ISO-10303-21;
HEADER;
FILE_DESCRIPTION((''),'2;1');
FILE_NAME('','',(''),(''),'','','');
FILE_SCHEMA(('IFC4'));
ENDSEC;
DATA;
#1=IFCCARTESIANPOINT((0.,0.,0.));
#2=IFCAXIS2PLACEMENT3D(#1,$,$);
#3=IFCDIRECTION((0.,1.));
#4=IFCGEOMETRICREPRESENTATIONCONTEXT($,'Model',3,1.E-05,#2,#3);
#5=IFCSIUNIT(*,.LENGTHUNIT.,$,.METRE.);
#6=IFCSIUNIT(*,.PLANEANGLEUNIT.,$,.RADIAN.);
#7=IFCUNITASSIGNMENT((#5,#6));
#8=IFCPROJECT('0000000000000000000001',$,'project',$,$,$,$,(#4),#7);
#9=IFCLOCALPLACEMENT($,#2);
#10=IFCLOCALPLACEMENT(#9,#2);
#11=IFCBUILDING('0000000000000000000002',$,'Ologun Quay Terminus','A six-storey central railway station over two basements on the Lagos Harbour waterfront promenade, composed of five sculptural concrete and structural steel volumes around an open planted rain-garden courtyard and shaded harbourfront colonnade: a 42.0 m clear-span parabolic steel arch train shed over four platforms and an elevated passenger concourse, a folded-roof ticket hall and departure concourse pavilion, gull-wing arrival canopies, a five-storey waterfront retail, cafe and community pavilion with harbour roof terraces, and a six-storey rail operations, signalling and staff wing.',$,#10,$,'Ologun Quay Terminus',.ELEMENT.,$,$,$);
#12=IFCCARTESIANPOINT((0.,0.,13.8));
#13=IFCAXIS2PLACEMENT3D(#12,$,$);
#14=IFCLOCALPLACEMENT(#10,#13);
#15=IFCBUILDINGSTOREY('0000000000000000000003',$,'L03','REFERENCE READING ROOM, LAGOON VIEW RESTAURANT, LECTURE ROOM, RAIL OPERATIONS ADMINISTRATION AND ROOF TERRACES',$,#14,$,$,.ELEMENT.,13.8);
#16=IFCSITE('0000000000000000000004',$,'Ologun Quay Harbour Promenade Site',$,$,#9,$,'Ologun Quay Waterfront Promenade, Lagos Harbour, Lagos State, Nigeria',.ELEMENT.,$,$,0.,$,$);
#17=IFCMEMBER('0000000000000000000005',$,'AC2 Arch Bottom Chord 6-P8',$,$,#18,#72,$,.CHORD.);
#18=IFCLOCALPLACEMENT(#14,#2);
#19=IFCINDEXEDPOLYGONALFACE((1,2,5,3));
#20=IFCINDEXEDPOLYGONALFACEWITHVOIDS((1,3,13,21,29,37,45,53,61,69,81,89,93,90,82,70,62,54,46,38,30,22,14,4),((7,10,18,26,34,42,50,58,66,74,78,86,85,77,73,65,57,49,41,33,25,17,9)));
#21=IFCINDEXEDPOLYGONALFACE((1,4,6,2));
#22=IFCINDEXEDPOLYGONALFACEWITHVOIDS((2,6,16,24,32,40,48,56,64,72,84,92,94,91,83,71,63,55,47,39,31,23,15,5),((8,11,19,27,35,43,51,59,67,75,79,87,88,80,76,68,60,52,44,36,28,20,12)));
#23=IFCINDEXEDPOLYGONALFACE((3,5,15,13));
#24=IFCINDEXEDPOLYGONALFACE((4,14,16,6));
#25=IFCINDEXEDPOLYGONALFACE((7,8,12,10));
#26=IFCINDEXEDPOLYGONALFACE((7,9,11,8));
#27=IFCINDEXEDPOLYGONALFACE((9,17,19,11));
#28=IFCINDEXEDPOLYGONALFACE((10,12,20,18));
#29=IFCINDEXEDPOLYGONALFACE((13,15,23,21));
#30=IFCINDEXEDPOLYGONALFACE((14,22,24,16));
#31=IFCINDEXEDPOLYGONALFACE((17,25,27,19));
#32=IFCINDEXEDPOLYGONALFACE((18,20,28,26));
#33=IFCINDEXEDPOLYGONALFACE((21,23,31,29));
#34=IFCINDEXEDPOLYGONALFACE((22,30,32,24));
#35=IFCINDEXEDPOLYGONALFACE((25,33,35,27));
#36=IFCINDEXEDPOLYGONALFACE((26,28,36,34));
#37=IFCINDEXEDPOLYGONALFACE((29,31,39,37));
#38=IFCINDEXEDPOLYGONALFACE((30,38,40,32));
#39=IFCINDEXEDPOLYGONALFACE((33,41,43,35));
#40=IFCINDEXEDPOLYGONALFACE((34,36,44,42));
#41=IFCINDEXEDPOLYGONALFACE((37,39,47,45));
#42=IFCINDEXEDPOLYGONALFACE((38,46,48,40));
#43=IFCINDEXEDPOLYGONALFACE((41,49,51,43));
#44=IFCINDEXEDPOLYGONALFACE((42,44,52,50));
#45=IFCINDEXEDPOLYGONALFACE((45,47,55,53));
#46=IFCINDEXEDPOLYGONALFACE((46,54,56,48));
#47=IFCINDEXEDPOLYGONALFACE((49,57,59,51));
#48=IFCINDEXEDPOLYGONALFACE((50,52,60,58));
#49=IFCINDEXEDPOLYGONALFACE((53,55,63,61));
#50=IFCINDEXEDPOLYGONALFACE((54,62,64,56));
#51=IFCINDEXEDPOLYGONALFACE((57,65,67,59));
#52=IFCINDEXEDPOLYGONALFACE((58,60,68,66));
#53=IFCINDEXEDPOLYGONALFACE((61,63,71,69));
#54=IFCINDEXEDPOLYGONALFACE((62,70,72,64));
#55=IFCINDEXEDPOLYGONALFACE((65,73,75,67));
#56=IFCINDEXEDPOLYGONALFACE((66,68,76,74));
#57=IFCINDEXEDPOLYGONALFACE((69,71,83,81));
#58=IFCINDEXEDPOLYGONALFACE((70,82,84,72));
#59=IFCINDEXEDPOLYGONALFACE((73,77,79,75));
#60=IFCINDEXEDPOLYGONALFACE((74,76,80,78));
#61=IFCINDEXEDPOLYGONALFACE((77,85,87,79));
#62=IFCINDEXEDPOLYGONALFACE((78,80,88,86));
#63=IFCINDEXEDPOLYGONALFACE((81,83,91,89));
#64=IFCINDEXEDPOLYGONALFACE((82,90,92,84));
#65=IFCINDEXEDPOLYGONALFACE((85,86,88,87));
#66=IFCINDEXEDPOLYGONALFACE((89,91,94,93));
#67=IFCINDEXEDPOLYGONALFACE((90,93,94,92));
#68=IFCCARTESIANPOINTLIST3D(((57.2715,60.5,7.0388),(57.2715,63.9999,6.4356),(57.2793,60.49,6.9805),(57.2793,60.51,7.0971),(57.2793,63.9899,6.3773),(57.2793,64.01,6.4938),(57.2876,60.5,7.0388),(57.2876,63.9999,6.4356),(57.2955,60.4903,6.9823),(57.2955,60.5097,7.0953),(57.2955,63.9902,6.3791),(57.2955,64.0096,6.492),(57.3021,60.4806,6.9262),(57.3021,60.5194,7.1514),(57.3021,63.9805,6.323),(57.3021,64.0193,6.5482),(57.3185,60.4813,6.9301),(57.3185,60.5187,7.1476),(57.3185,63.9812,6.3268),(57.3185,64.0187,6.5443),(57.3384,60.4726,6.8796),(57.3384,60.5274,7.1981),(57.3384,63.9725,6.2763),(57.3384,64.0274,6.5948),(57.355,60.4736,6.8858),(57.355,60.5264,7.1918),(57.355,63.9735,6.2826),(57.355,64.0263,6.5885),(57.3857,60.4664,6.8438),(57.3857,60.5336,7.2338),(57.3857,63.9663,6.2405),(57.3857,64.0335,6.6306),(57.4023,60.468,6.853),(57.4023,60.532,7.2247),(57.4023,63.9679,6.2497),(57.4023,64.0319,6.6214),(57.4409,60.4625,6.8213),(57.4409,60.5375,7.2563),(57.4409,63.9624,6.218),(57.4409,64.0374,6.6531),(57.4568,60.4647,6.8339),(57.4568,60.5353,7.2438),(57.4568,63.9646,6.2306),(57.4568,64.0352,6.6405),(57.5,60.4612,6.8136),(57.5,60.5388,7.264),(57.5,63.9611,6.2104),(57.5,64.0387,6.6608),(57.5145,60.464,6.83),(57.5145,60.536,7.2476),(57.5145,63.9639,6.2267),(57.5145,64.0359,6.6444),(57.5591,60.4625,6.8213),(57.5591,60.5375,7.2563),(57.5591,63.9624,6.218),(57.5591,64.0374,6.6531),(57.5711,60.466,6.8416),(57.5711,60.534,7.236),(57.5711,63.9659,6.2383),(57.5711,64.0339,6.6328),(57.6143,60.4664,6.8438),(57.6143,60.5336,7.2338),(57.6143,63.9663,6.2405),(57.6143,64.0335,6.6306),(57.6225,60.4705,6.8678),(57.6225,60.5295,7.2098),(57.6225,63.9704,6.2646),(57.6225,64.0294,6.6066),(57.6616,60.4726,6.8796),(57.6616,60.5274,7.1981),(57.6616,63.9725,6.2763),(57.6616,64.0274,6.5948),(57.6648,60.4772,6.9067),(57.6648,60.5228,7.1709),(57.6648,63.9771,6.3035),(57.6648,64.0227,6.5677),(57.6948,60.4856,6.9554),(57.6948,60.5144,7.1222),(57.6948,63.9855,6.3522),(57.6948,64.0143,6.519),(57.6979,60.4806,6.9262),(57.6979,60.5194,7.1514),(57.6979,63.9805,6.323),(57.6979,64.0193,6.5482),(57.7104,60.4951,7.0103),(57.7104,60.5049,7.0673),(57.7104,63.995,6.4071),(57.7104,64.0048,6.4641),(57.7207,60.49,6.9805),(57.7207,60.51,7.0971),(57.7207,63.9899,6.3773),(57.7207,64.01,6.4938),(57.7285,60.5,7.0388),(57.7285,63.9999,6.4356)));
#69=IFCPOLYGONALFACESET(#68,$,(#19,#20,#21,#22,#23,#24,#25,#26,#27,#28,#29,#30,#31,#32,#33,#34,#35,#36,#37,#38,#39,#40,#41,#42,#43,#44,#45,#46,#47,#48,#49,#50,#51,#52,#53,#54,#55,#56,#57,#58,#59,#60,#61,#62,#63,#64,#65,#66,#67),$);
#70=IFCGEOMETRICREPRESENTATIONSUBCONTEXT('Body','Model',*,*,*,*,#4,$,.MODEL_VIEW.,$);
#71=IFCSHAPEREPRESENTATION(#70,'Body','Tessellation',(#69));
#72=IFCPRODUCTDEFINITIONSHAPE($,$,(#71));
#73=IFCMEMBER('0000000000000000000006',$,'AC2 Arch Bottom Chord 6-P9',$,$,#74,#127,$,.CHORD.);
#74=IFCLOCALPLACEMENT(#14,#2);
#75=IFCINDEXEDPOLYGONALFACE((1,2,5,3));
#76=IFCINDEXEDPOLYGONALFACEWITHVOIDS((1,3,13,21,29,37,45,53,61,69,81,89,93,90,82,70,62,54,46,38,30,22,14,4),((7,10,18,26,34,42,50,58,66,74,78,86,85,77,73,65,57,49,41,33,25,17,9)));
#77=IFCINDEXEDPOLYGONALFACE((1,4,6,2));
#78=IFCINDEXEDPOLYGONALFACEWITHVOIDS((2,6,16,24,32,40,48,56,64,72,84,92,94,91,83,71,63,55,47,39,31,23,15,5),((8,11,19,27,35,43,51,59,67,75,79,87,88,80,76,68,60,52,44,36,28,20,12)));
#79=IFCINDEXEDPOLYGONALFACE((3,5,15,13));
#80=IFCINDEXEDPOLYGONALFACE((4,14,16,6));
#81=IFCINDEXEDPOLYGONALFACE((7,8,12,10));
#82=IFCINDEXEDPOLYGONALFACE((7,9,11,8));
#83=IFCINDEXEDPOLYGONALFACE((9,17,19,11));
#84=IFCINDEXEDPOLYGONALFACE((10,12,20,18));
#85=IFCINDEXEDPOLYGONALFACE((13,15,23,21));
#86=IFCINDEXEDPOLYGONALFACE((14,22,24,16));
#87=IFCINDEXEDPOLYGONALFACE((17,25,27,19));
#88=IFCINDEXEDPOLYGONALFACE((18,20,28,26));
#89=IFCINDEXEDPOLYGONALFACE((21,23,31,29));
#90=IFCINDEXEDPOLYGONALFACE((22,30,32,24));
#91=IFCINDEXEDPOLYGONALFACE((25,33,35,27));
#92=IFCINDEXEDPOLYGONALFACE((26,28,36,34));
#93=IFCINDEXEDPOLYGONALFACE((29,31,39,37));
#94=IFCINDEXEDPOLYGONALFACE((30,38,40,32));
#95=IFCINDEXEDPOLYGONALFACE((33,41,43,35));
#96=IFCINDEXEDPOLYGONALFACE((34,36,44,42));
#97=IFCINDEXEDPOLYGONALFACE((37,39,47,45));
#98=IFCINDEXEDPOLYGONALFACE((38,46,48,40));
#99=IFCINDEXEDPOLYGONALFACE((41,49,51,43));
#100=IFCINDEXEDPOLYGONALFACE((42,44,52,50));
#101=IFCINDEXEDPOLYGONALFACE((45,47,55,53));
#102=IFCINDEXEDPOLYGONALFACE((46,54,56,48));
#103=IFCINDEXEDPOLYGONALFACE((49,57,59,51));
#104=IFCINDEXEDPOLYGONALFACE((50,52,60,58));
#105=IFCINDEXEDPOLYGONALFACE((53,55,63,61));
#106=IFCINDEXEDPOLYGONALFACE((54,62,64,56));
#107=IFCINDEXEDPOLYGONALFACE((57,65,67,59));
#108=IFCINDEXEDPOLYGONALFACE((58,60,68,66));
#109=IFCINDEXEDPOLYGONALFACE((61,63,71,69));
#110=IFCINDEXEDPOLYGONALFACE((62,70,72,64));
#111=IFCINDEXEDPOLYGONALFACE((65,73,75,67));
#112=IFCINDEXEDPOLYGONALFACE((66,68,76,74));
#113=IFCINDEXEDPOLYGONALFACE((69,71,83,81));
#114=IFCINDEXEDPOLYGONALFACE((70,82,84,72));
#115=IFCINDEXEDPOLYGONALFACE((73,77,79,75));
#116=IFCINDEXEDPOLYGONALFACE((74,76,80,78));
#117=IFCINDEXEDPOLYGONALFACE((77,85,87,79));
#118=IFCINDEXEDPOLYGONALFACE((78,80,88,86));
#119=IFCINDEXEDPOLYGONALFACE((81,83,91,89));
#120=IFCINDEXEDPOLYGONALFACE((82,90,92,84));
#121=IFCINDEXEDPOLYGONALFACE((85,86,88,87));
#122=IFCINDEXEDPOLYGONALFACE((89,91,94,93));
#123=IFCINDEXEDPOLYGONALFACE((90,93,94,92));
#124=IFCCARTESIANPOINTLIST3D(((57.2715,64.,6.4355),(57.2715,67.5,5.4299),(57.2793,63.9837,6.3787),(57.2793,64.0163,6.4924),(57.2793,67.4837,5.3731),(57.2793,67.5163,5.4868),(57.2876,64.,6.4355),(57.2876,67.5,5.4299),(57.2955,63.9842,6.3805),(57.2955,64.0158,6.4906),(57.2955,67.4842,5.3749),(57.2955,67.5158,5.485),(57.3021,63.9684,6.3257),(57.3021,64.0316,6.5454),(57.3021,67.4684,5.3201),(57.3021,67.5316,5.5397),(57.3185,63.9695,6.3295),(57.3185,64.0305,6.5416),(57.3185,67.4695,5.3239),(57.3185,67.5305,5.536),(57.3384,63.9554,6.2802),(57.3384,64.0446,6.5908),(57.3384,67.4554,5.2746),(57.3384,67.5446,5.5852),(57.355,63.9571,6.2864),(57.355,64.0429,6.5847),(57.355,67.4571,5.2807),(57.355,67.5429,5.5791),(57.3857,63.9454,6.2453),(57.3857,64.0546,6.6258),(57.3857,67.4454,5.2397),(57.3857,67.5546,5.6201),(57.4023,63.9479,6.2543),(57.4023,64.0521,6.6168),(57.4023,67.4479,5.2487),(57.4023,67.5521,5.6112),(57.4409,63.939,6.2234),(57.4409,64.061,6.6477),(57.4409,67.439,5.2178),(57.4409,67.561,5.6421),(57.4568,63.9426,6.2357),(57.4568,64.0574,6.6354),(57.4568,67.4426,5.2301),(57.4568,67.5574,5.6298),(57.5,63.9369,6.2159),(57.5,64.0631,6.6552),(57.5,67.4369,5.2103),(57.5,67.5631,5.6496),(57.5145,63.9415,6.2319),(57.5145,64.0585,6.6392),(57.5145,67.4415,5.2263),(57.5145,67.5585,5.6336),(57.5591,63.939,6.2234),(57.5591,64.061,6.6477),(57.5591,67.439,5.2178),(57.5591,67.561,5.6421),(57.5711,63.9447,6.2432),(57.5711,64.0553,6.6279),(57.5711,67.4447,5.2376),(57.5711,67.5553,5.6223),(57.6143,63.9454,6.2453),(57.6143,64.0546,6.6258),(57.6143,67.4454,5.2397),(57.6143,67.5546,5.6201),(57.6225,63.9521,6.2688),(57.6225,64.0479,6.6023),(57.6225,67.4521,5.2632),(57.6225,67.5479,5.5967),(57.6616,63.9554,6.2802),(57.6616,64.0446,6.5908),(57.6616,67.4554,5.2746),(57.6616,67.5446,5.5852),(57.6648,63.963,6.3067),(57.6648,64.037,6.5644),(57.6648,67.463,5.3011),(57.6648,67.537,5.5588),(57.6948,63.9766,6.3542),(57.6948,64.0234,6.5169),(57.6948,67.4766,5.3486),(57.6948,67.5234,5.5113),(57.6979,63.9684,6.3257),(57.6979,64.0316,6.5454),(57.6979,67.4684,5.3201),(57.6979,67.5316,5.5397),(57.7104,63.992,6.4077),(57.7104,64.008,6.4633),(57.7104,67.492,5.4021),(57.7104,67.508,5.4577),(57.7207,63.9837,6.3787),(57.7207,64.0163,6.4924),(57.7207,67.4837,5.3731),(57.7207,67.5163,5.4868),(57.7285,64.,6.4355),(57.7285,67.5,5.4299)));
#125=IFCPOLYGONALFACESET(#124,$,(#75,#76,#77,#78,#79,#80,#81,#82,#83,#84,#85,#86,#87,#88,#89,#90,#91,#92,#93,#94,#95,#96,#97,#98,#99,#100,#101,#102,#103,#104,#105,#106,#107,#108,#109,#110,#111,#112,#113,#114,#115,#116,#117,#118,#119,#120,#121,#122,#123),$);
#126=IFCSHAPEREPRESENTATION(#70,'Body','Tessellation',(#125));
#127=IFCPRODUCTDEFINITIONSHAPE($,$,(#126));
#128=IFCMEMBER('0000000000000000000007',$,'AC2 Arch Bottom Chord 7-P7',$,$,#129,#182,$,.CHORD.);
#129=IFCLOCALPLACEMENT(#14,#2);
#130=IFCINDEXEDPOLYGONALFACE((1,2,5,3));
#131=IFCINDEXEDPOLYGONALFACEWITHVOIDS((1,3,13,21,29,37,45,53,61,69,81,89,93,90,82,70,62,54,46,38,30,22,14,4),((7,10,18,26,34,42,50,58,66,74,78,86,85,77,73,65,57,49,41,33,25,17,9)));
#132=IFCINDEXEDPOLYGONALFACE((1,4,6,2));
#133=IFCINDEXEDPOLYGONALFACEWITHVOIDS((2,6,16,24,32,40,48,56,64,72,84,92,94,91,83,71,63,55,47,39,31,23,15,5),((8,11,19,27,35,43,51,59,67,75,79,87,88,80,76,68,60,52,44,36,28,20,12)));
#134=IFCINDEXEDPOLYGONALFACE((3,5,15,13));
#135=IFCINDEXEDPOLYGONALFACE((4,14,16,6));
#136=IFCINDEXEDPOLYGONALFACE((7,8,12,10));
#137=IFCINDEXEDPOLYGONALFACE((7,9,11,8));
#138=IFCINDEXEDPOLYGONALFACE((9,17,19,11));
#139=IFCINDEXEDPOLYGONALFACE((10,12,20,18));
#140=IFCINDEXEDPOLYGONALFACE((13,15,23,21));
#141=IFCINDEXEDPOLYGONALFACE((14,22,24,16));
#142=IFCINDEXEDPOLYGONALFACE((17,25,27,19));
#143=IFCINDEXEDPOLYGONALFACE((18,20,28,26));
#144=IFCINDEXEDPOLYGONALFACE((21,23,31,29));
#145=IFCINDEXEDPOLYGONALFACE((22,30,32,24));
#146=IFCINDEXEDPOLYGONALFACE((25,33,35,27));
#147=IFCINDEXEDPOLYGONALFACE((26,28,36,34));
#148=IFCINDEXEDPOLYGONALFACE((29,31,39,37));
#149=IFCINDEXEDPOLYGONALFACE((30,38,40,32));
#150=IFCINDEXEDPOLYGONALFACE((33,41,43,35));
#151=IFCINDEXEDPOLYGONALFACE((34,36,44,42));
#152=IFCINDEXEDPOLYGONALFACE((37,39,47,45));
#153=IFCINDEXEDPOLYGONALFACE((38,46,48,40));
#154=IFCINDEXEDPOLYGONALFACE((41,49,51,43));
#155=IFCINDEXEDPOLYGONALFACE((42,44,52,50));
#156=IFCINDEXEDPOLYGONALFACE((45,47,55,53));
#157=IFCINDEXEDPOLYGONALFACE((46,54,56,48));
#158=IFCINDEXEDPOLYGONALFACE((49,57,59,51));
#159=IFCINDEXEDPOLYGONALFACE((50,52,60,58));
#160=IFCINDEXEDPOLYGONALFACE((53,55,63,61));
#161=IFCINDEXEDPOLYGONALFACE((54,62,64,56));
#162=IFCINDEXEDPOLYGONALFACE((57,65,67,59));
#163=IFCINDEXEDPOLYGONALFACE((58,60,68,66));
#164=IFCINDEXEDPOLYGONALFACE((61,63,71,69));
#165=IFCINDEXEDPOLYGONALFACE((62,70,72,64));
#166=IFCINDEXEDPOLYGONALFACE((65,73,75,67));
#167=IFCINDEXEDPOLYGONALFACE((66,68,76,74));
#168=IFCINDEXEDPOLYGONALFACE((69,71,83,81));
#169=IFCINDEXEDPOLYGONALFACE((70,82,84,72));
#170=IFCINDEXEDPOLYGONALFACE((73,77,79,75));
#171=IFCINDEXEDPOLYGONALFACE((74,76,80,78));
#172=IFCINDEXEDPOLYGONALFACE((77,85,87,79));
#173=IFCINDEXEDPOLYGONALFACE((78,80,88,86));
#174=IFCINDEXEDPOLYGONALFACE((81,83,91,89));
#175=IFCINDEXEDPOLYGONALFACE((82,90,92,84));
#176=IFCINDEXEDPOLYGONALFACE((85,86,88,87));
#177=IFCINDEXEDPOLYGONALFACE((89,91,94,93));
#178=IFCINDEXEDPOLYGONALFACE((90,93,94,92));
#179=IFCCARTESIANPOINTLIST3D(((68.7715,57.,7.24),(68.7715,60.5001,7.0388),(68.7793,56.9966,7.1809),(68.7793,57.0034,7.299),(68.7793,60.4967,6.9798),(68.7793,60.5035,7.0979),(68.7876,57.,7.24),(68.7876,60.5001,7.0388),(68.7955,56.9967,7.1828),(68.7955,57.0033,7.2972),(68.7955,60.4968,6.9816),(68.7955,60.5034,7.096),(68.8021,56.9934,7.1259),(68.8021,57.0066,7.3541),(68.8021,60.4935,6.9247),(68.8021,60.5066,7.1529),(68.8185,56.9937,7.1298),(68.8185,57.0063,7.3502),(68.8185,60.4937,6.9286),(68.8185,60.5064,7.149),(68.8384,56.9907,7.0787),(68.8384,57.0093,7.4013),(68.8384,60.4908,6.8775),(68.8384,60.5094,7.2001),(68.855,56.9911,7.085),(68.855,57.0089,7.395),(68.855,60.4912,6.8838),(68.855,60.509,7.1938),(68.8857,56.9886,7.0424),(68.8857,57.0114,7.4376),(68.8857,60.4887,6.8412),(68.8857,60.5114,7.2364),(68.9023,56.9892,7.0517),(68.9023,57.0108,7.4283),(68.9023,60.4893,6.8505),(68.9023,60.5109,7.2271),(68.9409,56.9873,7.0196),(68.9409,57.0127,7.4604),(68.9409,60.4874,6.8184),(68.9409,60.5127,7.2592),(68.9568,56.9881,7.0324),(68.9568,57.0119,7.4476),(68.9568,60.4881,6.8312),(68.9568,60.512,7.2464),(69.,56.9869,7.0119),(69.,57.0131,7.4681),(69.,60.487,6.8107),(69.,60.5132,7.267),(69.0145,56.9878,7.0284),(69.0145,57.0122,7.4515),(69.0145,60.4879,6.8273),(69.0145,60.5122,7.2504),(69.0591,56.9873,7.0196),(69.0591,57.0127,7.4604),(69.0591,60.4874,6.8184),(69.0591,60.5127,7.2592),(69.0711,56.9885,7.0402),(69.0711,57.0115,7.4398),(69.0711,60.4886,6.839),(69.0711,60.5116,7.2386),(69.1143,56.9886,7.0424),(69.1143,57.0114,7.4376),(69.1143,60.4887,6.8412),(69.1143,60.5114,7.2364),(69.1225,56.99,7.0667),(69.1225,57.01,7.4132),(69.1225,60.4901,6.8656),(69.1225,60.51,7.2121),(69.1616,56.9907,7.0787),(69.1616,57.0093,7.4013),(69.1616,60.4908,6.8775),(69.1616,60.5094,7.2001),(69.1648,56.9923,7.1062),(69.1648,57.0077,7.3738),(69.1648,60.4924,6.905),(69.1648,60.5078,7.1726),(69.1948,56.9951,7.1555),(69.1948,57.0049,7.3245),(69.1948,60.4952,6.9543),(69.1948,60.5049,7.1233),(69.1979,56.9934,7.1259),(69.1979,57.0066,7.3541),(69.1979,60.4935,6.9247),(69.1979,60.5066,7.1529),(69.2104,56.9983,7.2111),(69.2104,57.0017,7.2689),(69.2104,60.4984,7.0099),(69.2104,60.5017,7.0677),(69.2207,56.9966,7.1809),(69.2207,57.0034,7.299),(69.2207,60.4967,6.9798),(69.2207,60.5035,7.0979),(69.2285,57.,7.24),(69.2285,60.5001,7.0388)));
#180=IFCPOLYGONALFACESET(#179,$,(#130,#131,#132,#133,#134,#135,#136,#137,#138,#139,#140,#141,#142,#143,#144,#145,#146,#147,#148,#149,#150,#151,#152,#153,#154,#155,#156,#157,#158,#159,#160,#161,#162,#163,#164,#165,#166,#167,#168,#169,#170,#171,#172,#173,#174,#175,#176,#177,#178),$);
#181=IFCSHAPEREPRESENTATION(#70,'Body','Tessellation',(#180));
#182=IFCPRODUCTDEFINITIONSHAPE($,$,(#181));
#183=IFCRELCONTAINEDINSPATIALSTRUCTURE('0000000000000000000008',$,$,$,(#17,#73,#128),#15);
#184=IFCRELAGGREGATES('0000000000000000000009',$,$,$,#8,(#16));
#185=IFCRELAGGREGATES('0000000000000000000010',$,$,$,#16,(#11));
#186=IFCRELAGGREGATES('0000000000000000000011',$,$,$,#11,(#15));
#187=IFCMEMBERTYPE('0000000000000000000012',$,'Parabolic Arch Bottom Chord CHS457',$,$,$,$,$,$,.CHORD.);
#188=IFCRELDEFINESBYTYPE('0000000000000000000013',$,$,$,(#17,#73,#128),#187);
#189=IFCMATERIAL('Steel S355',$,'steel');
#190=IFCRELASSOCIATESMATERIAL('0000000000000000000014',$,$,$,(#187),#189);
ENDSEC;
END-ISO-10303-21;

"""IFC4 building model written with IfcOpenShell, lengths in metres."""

from ifc_helpers import new_model, si_unit, direction, frame, origin, origin_2d, place, context, subcontext, project, spatial, hollow_circle, extrude, material, material_profile, profile_set, type_object, element, save


model = new_model("IFC4")

# Units and contexts
model_context = context("Model", 3, precision=1e-05, world=origin(), true_north=direction((0.0, 1.0)))
body_context = subcontext(model_context, "Body", "Model", "MODEL_VIEW")
ifc_project = project(units=[si_unit("LENGTHUNIT", "METRE"), si_unit("PLANEANGLEUNIT", "RADIAN")], contexts=[model_context])

# Site, building, storey
site_placement = place(None, origin())
site = spatial("IfcSite", under=ifc_project, at=site_placement, Name="Ologun Quay Harbour Promenade Site", LongName="Ologun Quay Waterfront Promenade, Lagos Harbour, Lagos State, Nigeria", CompositionType="ELEMENT", RefElevation=0.0)
building_placement = place(site_placement, origin())
building = spatial("IfcBuilding", under=site, at=building_placement, Name="Ologun Quay Terminus", Description="A six-storey central railway station over two basements on the Lagos Harbour waterfront promenade, composed of five sculptural concrete and structural steel volumes around an open planted rain-garden courtyard and shaded harbourfront colonnade: a 42.0 m clear-span parabolic steel arch train shed over four platforms and an elevated passenger concourse, a folded-roof ticket hall and departure concourse pavilion, gull-wing arrival canopies, a five-storey waterfront retail, cafe and community pavilion with harbour roof terraces, and a six-storey rail operations, signalling and staff wing.", LongName="Ologun Quay Terminus", CompositionType="ELEMENT")
storey_placement = place(building_placement, frame((0.0, 0.0, 13.8)))
storey = spatial("IfcBuildingStorey", under=building, at=storey_placement, Name="L03", Description="REFERENCE READING ROOM, LAGOON VIEW RESTAURANT, LECTURE ROOM, RAIL OPERATIONS ADMINISTRATION AND ROOF TERRACES", CompositionType="ELEMENT", Elevation=13.8)

# Members
ifc_material_1 = material(Name="Steel S355", Category="steel")
ifc_material_profile_1 = material_profile(ifc_material_1, hollow_circle(Radius=0.2285, WallThickness=0.0161, at=origin_2d()), Name="CHS 457x16")
ifc_profile_set_1 = profile_set([ifc_material_profile_1], Name="Steel S355")
member_type_1 = type_object("IfcMemberType", Name="Parabolic Arch Bottom Chord CHS457", PredefinedType="CHORD", material=ifc_profile_set_1)
member_1_placement = place(storey_placement, frame((57.5, 60.5, 7.0388), z_axis=(0.0, 0.985468, -0.169859), x_axis=(-1.0, 0.0, 0.0)))
element("IfcMember", 1, at=member_1_placement, inside=storey, type_object=member_type_1, Name="AC2 Arch Bottom Chord 6-P8", PredefinedType="CHORD", context=body_context, shape_type="SweptSolid", body=[
    extrude(hollow_circle(Radius=0.2285, WallThickness=0.0161, at=origin_2d()), origin(), (0.0, 0.0, 1.0), 3.5515),
])
member_2_placement = place(storey_placement, frame((57.5, 64.0, 6.4355), z_axis=(0.0, 0.961116, -0.276146), x_axis=(-1.0, 0.0, 0.0)))
element("IfcMember", 2, at=member_2_placement, inside=storey, type_object=member_type_1, Name="AC2 Arch Bottom Chord 6-P9", PredefinedType="CHORD", context=body_context, shape_type="SweptSolid", body=[
    extrude(hollow_circle(Radius=0.2285, WallThickness=0.0161, at=origin_2d()), origin(), (0.0, 0.0, 1.0), 3.6416),
])
member_3_placement = place(storey_placement, frame((69.0, 57.0, 7.24), z_axis=(0.0, 0.998352, -0.057383), x_axis=(-1.0, 0.0, 0.0)))
element("IfcMember", 3, at=member_3_placement, inside=storey, type_object=member_type_1, Name="AC2 Arch Bottom Chord 7-P7", PredefinedType="CHORD", context=body_context, shape_type="SweptSolid", body=[
    extrude(hollow_circle(Radius=0.2285, WallThickness=0.0161, at=origin_2d()), origin(), (0.0, 0.0, 1.0), 3.5059),
])

save(model, "model.ifc")
